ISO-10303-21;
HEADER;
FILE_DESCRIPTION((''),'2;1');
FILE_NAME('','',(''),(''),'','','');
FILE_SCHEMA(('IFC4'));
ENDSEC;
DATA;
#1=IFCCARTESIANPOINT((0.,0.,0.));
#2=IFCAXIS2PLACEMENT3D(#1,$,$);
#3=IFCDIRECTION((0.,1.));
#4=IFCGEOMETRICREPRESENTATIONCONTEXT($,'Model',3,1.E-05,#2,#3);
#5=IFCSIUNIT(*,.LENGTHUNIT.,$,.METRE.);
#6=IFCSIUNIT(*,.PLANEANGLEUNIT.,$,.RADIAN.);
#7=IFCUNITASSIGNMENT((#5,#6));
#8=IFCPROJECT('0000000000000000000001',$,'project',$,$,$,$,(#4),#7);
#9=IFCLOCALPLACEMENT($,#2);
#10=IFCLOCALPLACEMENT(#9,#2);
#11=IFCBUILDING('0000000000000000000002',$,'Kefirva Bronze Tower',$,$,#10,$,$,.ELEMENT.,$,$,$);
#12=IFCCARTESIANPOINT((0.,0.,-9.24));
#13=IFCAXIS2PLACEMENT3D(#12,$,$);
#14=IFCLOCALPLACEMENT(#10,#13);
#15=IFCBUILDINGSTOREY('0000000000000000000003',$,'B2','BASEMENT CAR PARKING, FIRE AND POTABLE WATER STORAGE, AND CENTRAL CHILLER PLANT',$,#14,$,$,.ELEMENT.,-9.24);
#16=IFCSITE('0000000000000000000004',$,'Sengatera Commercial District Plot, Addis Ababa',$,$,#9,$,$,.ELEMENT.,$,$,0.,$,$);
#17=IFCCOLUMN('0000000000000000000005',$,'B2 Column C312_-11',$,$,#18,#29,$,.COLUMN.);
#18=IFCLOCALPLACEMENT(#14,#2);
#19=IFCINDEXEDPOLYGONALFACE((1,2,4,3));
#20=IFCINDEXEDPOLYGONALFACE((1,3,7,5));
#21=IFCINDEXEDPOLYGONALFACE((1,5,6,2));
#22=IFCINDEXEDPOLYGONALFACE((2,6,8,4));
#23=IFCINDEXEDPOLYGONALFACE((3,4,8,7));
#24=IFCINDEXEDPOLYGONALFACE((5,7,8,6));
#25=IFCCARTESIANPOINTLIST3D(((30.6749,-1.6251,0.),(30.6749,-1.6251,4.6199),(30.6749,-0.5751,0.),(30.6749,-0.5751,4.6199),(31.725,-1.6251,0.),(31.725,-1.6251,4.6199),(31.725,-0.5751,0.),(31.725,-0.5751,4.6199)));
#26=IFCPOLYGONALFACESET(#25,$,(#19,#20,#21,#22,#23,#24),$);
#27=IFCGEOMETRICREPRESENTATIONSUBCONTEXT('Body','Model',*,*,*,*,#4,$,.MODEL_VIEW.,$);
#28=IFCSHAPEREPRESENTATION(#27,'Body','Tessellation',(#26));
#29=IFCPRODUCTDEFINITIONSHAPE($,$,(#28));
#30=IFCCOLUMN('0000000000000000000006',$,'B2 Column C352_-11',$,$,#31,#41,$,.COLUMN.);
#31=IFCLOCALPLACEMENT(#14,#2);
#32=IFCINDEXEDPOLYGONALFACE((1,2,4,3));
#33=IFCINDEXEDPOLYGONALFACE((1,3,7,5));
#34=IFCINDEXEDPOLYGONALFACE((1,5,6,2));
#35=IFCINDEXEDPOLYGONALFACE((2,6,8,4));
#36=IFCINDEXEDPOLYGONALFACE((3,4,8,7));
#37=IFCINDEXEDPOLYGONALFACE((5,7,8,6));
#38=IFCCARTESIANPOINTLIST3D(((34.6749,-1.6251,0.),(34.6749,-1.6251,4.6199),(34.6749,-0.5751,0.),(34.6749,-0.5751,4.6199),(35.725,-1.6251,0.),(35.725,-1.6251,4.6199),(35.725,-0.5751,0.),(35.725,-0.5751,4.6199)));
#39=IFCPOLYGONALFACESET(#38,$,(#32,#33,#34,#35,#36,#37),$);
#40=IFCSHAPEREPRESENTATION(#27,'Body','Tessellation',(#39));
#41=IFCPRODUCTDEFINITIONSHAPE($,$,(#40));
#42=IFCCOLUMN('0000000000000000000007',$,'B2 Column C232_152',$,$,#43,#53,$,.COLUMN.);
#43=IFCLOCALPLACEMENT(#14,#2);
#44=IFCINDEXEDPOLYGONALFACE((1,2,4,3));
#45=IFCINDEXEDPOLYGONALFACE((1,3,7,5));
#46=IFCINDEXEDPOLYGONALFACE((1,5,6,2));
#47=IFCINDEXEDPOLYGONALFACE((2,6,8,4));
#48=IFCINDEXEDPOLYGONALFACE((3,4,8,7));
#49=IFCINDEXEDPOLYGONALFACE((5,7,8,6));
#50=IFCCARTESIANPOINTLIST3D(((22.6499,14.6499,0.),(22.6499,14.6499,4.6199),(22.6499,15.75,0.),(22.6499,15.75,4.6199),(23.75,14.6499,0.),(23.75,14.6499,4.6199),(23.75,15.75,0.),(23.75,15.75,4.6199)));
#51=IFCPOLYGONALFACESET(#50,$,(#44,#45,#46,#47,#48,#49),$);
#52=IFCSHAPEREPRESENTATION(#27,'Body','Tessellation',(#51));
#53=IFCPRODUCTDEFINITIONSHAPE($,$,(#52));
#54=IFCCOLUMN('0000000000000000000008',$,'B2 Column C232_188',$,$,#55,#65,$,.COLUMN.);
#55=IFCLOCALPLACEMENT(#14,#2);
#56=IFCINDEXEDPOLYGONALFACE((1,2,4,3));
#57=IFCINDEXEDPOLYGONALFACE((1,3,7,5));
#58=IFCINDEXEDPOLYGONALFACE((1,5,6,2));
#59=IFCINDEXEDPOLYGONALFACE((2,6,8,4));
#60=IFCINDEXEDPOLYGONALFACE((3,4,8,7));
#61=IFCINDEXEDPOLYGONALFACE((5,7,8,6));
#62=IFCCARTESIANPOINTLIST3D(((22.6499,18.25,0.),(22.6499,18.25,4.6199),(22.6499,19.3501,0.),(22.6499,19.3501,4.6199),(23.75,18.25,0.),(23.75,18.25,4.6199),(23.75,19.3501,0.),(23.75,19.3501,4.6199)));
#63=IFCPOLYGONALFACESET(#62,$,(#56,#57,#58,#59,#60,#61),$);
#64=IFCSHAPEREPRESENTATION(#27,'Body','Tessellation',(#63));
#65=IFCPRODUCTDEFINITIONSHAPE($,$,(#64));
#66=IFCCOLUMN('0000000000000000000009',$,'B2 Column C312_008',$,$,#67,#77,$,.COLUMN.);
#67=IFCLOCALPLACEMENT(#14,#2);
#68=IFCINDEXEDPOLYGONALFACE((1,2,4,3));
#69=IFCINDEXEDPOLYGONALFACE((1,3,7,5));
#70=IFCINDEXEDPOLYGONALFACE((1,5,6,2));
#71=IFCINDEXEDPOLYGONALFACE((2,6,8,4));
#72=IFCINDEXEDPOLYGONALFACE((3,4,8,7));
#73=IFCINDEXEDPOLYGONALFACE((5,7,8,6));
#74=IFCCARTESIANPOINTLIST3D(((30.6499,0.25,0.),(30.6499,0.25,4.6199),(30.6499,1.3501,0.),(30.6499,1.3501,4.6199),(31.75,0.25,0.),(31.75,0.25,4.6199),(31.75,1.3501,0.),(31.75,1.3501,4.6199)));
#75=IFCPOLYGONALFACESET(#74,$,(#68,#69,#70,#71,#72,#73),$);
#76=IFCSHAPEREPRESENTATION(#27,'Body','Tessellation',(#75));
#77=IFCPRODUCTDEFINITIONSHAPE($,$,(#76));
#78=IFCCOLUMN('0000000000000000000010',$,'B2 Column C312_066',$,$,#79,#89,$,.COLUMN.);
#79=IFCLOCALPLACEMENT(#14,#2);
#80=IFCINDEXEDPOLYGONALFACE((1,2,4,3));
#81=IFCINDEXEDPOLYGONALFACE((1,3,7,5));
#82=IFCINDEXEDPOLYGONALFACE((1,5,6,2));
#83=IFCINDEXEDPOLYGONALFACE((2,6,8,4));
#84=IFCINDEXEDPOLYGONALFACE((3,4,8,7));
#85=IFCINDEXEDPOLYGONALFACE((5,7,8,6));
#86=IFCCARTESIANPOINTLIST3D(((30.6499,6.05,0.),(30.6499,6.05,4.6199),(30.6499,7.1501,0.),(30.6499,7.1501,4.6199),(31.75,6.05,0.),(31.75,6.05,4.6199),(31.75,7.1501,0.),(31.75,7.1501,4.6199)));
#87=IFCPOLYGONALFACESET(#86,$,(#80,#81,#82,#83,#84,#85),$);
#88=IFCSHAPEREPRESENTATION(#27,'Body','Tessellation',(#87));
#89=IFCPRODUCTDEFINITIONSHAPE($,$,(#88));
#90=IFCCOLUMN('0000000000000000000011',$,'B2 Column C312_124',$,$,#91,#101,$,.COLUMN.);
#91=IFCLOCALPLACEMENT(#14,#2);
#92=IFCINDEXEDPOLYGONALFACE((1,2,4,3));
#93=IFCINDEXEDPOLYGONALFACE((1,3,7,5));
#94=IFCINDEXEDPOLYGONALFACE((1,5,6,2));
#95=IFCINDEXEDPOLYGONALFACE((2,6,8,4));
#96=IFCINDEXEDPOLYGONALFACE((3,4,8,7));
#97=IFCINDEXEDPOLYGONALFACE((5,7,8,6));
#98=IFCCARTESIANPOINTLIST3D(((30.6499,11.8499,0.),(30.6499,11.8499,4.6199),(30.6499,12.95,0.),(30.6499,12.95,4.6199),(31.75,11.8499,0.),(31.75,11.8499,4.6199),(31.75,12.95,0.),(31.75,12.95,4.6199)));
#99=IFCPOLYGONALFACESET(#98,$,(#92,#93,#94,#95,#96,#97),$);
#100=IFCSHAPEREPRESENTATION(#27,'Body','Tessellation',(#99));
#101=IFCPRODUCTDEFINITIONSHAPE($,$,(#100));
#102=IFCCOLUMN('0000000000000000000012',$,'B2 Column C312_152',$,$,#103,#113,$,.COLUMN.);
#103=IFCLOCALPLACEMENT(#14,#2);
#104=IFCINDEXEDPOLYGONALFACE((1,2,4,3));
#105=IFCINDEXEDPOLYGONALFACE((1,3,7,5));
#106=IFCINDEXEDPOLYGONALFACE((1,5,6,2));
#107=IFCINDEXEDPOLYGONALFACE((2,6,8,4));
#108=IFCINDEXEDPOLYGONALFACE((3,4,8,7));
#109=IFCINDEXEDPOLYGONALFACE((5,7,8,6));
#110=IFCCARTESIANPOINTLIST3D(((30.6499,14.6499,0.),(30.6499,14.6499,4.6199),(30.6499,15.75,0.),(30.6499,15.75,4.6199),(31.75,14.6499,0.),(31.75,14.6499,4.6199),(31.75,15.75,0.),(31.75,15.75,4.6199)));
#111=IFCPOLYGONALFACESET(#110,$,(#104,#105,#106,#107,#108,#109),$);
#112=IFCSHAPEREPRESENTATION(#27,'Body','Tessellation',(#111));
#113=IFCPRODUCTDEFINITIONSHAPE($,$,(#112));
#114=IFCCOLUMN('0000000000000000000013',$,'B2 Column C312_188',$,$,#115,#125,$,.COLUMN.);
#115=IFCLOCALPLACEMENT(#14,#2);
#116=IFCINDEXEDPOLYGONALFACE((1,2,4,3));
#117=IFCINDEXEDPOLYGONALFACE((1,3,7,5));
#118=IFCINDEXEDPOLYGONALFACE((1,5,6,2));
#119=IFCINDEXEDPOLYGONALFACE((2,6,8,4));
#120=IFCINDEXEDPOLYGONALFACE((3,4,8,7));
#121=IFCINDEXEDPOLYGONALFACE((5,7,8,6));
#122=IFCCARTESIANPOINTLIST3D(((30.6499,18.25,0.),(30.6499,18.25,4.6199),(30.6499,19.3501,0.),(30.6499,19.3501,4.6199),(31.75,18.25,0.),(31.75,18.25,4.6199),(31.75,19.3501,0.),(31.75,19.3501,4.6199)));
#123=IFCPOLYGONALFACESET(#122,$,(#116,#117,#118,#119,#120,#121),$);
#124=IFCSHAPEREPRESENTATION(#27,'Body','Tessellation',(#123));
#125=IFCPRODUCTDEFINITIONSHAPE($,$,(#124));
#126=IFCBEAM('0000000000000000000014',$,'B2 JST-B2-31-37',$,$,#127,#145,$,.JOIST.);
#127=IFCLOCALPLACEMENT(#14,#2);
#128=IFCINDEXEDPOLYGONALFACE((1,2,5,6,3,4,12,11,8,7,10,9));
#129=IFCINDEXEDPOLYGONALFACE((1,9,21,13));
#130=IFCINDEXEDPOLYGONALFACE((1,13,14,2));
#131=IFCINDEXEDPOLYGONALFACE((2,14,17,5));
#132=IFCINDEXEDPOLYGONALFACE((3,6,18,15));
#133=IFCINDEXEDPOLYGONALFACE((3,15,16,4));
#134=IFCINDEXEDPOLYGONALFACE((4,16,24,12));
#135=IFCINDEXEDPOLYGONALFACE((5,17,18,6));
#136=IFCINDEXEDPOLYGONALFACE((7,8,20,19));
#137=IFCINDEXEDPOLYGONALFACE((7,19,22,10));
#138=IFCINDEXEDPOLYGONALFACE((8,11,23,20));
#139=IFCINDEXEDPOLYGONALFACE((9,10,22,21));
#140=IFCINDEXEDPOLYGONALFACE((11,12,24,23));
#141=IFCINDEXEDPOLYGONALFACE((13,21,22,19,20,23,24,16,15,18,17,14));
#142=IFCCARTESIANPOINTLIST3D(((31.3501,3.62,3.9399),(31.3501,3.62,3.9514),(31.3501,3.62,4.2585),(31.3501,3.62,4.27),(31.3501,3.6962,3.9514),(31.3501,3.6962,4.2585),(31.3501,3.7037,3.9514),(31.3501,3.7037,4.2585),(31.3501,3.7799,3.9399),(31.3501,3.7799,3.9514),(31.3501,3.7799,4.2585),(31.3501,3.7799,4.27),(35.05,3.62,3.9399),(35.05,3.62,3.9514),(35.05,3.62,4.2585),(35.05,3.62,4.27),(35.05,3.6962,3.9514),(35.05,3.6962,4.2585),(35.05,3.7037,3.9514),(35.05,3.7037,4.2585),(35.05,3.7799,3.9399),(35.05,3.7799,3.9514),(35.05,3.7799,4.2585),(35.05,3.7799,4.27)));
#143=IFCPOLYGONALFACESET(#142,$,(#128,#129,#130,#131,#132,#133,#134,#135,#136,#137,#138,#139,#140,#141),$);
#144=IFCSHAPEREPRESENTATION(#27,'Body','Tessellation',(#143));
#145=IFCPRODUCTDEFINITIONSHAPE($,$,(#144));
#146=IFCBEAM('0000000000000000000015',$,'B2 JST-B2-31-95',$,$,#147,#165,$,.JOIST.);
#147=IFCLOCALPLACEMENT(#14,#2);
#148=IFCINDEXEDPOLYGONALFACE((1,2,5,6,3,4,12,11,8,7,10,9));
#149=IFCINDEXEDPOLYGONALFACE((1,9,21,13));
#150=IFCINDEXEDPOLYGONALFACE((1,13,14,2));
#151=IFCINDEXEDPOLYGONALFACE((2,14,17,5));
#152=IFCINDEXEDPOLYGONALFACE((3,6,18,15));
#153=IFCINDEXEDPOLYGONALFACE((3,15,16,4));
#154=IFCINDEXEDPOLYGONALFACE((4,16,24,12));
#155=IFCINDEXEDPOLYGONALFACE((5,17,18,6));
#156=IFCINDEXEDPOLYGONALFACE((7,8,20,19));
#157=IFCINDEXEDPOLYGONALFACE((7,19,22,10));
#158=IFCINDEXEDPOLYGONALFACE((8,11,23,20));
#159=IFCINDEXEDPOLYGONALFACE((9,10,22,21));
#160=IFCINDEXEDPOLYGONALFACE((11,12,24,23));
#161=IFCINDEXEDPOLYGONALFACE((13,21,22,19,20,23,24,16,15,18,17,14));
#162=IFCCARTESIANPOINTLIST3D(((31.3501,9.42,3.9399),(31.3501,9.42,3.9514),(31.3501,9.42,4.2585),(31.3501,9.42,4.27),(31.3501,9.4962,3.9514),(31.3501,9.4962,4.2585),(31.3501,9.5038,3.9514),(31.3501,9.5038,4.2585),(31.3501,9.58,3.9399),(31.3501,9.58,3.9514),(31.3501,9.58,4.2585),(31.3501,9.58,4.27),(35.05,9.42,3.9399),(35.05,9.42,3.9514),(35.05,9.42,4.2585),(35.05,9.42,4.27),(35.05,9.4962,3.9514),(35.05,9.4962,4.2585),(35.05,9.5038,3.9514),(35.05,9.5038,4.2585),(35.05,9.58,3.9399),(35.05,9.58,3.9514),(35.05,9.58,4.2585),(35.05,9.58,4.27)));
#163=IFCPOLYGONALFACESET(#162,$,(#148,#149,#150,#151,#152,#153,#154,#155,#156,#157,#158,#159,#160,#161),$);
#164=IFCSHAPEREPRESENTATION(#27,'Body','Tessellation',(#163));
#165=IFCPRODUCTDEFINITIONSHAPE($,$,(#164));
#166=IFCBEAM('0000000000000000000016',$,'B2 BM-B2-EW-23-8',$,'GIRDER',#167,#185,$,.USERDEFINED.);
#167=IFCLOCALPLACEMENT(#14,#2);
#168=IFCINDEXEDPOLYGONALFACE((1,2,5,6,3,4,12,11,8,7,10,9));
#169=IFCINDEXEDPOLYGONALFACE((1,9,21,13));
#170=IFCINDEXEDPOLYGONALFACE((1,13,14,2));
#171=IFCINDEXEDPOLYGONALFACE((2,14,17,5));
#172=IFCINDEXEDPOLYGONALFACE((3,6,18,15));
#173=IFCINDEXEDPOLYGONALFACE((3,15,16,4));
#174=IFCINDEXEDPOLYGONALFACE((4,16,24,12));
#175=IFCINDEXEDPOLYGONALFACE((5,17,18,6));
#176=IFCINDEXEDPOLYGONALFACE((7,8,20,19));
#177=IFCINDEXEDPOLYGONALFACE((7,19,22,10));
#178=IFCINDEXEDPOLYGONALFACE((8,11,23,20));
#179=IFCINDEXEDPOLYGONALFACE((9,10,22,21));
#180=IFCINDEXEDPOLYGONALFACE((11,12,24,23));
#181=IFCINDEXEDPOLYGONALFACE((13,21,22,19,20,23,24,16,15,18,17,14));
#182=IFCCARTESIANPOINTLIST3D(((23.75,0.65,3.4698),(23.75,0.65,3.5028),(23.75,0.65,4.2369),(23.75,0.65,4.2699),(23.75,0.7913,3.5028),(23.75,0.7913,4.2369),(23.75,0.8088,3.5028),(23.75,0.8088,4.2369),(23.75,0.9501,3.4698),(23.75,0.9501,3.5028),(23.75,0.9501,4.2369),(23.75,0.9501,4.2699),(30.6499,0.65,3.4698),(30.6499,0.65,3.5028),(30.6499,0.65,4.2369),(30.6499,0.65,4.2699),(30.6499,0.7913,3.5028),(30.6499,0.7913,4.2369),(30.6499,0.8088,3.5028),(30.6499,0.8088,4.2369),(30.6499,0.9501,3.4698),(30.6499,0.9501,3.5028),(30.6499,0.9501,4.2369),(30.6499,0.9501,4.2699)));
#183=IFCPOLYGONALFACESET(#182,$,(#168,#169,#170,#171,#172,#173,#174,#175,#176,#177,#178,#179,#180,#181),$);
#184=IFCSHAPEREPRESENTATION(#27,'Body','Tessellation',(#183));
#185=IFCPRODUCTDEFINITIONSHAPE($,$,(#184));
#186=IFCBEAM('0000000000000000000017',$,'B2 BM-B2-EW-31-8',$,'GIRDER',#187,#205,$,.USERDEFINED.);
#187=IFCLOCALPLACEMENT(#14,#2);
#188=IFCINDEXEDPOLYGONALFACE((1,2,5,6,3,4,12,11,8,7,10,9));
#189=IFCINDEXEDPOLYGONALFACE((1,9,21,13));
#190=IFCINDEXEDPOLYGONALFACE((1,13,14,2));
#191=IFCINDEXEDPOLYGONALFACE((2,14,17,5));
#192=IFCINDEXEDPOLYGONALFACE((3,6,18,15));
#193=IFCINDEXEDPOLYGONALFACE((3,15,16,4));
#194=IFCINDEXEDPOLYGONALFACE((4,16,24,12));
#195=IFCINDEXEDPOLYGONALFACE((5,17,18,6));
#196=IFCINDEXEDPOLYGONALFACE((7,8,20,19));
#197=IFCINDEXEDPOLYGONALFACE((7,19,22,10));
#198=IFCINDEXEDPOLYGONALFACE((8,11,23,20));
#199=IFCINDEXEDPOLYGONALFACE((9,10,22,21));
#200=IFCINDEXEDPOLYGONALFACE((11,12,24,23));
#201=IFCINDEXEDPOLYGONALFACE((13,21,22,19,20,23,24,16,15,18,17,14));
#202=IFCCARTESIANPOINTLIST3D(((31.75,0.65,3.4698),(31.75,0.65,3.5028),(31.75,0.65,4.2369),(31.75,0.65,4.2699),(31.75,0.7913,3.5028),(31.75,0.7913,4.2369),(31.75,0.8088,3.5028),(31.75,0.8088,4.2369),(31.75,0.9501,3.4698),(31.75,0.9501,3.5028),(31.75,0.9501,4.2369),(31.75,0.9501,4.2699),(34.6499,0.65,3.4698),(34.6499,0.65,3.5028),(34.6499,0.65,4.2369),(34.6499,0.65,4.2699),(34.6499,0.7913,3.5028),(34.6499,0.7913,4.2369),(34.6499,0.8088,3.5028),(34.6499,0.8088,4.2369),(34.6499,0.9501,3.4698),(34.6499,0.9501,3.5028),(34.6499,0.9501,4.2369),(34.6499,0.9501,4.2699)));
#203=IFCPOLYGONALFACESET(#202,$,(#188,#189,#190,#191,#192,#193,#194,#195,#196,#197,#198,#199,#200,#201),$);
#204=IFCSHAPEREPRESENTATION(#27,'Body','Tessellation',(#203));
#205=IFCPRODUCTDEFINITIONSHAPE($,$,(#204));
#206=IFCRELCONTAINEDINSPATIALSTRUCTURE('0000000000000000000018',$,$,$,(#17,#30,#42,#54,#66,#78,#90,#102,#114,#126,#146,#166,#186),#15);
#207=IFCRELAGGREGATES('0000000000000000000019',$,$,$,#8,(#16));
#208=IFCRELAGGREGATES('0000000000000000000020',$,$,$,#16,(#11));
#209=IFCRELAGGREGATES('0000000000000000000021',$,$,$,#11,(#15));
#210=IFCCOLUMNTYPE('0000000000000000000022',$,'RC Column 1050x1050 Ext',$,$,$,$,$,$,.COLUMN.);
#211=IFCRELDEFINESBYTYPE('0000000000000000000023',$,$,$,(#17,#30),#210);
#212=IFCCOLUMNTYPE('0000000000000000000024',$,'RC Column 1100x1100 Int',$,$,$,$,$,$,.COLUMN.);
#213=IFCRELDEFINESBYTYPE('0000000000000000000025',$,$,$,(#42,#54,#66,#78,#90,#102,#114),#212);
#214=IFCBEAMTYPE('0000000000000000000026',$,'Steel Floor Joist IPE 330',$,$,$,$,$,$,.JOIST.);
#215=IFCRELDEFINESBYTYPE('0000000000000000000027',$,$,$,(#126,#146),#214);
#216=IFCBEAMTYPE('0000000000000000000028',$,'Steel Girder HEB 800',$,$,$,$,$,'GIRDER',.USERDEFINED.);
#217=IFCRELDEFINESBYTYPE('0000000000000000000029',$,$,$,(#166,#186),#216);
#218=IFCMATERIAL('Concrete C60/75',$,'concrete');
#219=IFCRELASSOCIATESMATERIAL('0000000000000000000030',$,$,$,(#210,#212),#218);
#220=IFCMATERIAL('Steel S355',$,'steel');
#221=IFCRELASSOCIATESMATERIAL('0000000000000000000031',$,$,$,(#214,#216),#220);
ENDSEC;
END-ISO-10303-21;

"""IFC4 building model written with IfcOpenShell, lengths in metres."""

from ifc_helpers import new_model, si_unit, direction, frame, origin, origin_2d, place, context, subcontext, project, spatial, rectangle, i_section, extrude, material, material_profile, profile_set, type_object, element, save


model = new_model("IFC4")

# Units and contexts
model_context = context("Model", 3, precision=1e-05, world=origin(), true_north=direction((0.0, 1.0)))
body_context = subcontext(model_context, "Body", "Model", "MODEL_VIEW")
ifc_project = project(units=[si_unit("LENGTHUNIT", "METRE"), si_unit("PLANEANGLEUNIT", "RADIAN")], contexts=[model_context])

# Site, building, storey
site_placement = place(None, origin())
site = spatial("IfcSite", under=ifc_project, at=site_placement, Name="Sengatera Commercial District Plot, Addis Ababa", CompositionType="ELEMENT", RefElevation=0.0)
building_placement = place(site_placement, origin())
building = spatial("IfcBuilding", under=site, at=building_placement, Name="Kefirva Bronze Tower", CompositionType="ELEMENT")
storey_placement = place(building_placement, frame((0.0, 0.0, -9.24)))
storey = spatial("IfcBuildingStorey", under=building, at=storey_placement, Name="B2", Description="BASEMENT CAR PARKING, FIRE AND POTABLE WATER STORAGE, AND CENTRAL CHILLER PLANT", CompositionType="ELEMENT", Elevation=-9.24)

# Columns
ifc_material_1 = material(Name="Concrete C60/75", Category="concrete")
ifc_material_profile_1 = material_profile(ifc_material_1, rectangle(XDim=1.05, YDim=1.05, at=origin_2d()), Name="RC 1050x1050")
ifc_profile_set_1 = profile_set([ifc_material_profile_1], Name="Concrete C60/75")
column_type_1 = type_object("IfcColumnType", Name="RC Column 1050x1050 Ext", PredefinedType="COLUMN", material=ifc_profile_set_1)
for number, where, z_axis, x_axis, name in (
    (1, (31.2, -1.1001, 0.0), (0.0, 0.0, 1.0), (1.0, 0.0, 0.0), "B2 Column C312_-11"),
    (2, (35.2, -1.1001, 0.0), (0.0, 0.0, 1.0), (1.0, 0.0, 0.0), "B2 Column C352_-11"),
):
    element("IfcColumn", number, at=place(storey_placement, frame(where, z_axis=z_axis, x_axis=x_axis)), inside=storey, type_object=column_type_1, Name=name, PredefinedType="COLUMN", context=body_context, shape_type="SweptSolid", body=[
        extrude(rectangle(XDim=1.05, YDim=1.05, at=origin_2d()), origin(), (0.0, 0.0, 1.0), 4.6199),
    ])
ifc_material_profile_2 = material_profile(ifc_material_1, rectangle(XDim=1.1001, YDim=1.1001, at=origin_2d()), Name="RC 1100x1100")
ifc_profile_set_2 = profile_set([ifc_material_profile_2], Name="Concrete C60/75")
column_type_2 = type_object("IfcColumnType", Name="RC Column 1100x1100 Int", PredefinedType="COLUMN", material=ifc_profile_set_2)
for number, where, z_axis, x_axis, name in (
    (3, (23.2, 15.2, 0.0), (0.0, 0.0, 1.0), (1.0, 0.0, 0.0), "B2 Column C232_152"),
    (4, (23.2, 18.8, 0.0), (0.0, 0.0, 1.0), (1.0, 0.0, 0.0), "B2 Column C232_188"),
    (5, (31.2, 0.8, 0.0), (0.0, 0.0, 1.0), (1.0, 0.0, 0.0), "B2 Column C312_008"),
    (6, (31.2, 6.6001, 0.0), (0.0, 0.0, 1.0), (1.0, 0.0, 0.0), "B2 Column C312_066"),
    (7, (31.2, 12.3999, 0.0), (0.0, 0.0, 1.0), (1.0, 0.0, 0.0), "B2 Column C312_124"),
    (8, (31.2, 15.2, 0.0), (0.0, 0.0, 1.0), (1.0, 0.0, 0.0), "B2 Column C312_152"),
    (9, (31.2, 18.8, 0.0), (0.0, 0.0, 1.0), (1.0, 0.0, 0.0), "B2 Column C312_188"),
):
    element("IfcColumn", number, at=place(storey_placement, frame(where, z_axis=z_axis, x_axis=x_axis)), inside=storey, type_object=column_type_2, Name=name, PredefinedType="COLUMN", context=body_context, shape_type="SweptSolid", body=[
        extrude(rectangle(XDim=1.1001, YDim=1.1001, at=origin_2d()), origin(), (0.0, 0.0, 1.0), 4.6199),
    ])

# Beams
ifc_material_2 = material(Name="Steel S355", Category="steel")
ifc_material_profile_3 = material_profile(ifc_material_2, i_section(OverallWidth=0.1599, OverallDepth=0.3301, WebThickness=0.0076, FlangeThickness=0.0115, at=origin_2d()), Name="IPE 330")
ifc_profile_set_3 = profile_set([ifc_material_profile_3], Name="Steel S355")
beam_type_1 = type_object("IfcBeamType", Name="Steel Floor Joist IPE 330", PredefinedType="JOIST", material=ifc_profile_set_3)
for number, where, z_axis, x_axis, name in (
    (10, (31.3501, 3.7, 4.105), (1.0, 0.0, 0.0), (0.0, 1.0, 0.0), "B2 JST-B2-31-37"),
    (11, (31.3501, 9.5, 4.105), (1.0, 0.0, 0.0), (0.0, 1.0, 0.0), "B2 JST-B2-31-95"),
):
    element("IfcBeam", number, at=place(storey_placement, frame(where, z_axis=z_axis, x_axis=x_axis)), inside=storey, type_object=beam_type_1, Name=name, PredefinedType="JOIST", context=body_context, shape_type="SweptSolid", body=[
        extrude(i_section(OverallWidth=0.1599, OverallDepth=0.3301, WebThickness=0.0076, FlangeThickness=0.0115, at=origin_2d()), origin(), (0.0, 0.0, 1.0), 3.7),
    ])
ifc_material_profile_4 = material_profile(ifc_material_2, i_section(OverallWidth=0.3, OverallDepth=0.8, WebThickness=0.0176, FlangeThickness=0.033, at=origin_2d()), Name="HEB 800")
ifc_profile_set_4 = profile_set([ifc_material_profile_4], Name="Steel S355")
beam_type_2 = type_object("IfcBeamType", Name="Steel Girder HEB 800", ElementType="GIRDER", PredefinedType="USERDEFINED", material=ifc_profile_set_4)
beam_1_placement = place(storey_placement, frame((23.75, 0.8, 3.8699), z_axis=(1.0, 0.0, 0.0), x_axis=(0.0, 1.0, 0.0)))
element("IfcBeam", 12, at=beam_1_placement, inside=storey, type_object=beam_type_2, Name="B2 BM-B2-EW-23-8", ObjectType="GIRDER", PredefinedType="USERDEFINED", context=body_context, shape_type="SweptSolid", body=[
    extrude(i_section(OverallWidth=0.3, OverallDepth=0.8, WebThickness=0.0176, FlangeThickness=0.033, at=origin_2d()), origin(), (0.0, 0.0, 1.0), 6.8999),
])
beam_2_placement = place(storey_placement, frame((31.75, 0.8, 3.8699), z_axis=(1.0, 0.0, 0.0), x_axis=(0.0, 1.0, 0.0)))
element("IfcBeam", 13, at=beam_2_placement, inside=storey, type_object=beam_type_2, Name="B2 BM-B2-EW-31-8", ObjectType="GIRDER", PredefinedType="USERDEFINED", context=body_context, shape_type="SweptSolid", body=[
    extrude(i_section(OverallWidth=0.3, OverallDepth=0.8, WebThickness=0.0176, FlangeThickness=0.033, at=origin_2d()), origin(), (0.0, 0.0, 1.0), 2.8999),
])

save(model, "model.ifc")
